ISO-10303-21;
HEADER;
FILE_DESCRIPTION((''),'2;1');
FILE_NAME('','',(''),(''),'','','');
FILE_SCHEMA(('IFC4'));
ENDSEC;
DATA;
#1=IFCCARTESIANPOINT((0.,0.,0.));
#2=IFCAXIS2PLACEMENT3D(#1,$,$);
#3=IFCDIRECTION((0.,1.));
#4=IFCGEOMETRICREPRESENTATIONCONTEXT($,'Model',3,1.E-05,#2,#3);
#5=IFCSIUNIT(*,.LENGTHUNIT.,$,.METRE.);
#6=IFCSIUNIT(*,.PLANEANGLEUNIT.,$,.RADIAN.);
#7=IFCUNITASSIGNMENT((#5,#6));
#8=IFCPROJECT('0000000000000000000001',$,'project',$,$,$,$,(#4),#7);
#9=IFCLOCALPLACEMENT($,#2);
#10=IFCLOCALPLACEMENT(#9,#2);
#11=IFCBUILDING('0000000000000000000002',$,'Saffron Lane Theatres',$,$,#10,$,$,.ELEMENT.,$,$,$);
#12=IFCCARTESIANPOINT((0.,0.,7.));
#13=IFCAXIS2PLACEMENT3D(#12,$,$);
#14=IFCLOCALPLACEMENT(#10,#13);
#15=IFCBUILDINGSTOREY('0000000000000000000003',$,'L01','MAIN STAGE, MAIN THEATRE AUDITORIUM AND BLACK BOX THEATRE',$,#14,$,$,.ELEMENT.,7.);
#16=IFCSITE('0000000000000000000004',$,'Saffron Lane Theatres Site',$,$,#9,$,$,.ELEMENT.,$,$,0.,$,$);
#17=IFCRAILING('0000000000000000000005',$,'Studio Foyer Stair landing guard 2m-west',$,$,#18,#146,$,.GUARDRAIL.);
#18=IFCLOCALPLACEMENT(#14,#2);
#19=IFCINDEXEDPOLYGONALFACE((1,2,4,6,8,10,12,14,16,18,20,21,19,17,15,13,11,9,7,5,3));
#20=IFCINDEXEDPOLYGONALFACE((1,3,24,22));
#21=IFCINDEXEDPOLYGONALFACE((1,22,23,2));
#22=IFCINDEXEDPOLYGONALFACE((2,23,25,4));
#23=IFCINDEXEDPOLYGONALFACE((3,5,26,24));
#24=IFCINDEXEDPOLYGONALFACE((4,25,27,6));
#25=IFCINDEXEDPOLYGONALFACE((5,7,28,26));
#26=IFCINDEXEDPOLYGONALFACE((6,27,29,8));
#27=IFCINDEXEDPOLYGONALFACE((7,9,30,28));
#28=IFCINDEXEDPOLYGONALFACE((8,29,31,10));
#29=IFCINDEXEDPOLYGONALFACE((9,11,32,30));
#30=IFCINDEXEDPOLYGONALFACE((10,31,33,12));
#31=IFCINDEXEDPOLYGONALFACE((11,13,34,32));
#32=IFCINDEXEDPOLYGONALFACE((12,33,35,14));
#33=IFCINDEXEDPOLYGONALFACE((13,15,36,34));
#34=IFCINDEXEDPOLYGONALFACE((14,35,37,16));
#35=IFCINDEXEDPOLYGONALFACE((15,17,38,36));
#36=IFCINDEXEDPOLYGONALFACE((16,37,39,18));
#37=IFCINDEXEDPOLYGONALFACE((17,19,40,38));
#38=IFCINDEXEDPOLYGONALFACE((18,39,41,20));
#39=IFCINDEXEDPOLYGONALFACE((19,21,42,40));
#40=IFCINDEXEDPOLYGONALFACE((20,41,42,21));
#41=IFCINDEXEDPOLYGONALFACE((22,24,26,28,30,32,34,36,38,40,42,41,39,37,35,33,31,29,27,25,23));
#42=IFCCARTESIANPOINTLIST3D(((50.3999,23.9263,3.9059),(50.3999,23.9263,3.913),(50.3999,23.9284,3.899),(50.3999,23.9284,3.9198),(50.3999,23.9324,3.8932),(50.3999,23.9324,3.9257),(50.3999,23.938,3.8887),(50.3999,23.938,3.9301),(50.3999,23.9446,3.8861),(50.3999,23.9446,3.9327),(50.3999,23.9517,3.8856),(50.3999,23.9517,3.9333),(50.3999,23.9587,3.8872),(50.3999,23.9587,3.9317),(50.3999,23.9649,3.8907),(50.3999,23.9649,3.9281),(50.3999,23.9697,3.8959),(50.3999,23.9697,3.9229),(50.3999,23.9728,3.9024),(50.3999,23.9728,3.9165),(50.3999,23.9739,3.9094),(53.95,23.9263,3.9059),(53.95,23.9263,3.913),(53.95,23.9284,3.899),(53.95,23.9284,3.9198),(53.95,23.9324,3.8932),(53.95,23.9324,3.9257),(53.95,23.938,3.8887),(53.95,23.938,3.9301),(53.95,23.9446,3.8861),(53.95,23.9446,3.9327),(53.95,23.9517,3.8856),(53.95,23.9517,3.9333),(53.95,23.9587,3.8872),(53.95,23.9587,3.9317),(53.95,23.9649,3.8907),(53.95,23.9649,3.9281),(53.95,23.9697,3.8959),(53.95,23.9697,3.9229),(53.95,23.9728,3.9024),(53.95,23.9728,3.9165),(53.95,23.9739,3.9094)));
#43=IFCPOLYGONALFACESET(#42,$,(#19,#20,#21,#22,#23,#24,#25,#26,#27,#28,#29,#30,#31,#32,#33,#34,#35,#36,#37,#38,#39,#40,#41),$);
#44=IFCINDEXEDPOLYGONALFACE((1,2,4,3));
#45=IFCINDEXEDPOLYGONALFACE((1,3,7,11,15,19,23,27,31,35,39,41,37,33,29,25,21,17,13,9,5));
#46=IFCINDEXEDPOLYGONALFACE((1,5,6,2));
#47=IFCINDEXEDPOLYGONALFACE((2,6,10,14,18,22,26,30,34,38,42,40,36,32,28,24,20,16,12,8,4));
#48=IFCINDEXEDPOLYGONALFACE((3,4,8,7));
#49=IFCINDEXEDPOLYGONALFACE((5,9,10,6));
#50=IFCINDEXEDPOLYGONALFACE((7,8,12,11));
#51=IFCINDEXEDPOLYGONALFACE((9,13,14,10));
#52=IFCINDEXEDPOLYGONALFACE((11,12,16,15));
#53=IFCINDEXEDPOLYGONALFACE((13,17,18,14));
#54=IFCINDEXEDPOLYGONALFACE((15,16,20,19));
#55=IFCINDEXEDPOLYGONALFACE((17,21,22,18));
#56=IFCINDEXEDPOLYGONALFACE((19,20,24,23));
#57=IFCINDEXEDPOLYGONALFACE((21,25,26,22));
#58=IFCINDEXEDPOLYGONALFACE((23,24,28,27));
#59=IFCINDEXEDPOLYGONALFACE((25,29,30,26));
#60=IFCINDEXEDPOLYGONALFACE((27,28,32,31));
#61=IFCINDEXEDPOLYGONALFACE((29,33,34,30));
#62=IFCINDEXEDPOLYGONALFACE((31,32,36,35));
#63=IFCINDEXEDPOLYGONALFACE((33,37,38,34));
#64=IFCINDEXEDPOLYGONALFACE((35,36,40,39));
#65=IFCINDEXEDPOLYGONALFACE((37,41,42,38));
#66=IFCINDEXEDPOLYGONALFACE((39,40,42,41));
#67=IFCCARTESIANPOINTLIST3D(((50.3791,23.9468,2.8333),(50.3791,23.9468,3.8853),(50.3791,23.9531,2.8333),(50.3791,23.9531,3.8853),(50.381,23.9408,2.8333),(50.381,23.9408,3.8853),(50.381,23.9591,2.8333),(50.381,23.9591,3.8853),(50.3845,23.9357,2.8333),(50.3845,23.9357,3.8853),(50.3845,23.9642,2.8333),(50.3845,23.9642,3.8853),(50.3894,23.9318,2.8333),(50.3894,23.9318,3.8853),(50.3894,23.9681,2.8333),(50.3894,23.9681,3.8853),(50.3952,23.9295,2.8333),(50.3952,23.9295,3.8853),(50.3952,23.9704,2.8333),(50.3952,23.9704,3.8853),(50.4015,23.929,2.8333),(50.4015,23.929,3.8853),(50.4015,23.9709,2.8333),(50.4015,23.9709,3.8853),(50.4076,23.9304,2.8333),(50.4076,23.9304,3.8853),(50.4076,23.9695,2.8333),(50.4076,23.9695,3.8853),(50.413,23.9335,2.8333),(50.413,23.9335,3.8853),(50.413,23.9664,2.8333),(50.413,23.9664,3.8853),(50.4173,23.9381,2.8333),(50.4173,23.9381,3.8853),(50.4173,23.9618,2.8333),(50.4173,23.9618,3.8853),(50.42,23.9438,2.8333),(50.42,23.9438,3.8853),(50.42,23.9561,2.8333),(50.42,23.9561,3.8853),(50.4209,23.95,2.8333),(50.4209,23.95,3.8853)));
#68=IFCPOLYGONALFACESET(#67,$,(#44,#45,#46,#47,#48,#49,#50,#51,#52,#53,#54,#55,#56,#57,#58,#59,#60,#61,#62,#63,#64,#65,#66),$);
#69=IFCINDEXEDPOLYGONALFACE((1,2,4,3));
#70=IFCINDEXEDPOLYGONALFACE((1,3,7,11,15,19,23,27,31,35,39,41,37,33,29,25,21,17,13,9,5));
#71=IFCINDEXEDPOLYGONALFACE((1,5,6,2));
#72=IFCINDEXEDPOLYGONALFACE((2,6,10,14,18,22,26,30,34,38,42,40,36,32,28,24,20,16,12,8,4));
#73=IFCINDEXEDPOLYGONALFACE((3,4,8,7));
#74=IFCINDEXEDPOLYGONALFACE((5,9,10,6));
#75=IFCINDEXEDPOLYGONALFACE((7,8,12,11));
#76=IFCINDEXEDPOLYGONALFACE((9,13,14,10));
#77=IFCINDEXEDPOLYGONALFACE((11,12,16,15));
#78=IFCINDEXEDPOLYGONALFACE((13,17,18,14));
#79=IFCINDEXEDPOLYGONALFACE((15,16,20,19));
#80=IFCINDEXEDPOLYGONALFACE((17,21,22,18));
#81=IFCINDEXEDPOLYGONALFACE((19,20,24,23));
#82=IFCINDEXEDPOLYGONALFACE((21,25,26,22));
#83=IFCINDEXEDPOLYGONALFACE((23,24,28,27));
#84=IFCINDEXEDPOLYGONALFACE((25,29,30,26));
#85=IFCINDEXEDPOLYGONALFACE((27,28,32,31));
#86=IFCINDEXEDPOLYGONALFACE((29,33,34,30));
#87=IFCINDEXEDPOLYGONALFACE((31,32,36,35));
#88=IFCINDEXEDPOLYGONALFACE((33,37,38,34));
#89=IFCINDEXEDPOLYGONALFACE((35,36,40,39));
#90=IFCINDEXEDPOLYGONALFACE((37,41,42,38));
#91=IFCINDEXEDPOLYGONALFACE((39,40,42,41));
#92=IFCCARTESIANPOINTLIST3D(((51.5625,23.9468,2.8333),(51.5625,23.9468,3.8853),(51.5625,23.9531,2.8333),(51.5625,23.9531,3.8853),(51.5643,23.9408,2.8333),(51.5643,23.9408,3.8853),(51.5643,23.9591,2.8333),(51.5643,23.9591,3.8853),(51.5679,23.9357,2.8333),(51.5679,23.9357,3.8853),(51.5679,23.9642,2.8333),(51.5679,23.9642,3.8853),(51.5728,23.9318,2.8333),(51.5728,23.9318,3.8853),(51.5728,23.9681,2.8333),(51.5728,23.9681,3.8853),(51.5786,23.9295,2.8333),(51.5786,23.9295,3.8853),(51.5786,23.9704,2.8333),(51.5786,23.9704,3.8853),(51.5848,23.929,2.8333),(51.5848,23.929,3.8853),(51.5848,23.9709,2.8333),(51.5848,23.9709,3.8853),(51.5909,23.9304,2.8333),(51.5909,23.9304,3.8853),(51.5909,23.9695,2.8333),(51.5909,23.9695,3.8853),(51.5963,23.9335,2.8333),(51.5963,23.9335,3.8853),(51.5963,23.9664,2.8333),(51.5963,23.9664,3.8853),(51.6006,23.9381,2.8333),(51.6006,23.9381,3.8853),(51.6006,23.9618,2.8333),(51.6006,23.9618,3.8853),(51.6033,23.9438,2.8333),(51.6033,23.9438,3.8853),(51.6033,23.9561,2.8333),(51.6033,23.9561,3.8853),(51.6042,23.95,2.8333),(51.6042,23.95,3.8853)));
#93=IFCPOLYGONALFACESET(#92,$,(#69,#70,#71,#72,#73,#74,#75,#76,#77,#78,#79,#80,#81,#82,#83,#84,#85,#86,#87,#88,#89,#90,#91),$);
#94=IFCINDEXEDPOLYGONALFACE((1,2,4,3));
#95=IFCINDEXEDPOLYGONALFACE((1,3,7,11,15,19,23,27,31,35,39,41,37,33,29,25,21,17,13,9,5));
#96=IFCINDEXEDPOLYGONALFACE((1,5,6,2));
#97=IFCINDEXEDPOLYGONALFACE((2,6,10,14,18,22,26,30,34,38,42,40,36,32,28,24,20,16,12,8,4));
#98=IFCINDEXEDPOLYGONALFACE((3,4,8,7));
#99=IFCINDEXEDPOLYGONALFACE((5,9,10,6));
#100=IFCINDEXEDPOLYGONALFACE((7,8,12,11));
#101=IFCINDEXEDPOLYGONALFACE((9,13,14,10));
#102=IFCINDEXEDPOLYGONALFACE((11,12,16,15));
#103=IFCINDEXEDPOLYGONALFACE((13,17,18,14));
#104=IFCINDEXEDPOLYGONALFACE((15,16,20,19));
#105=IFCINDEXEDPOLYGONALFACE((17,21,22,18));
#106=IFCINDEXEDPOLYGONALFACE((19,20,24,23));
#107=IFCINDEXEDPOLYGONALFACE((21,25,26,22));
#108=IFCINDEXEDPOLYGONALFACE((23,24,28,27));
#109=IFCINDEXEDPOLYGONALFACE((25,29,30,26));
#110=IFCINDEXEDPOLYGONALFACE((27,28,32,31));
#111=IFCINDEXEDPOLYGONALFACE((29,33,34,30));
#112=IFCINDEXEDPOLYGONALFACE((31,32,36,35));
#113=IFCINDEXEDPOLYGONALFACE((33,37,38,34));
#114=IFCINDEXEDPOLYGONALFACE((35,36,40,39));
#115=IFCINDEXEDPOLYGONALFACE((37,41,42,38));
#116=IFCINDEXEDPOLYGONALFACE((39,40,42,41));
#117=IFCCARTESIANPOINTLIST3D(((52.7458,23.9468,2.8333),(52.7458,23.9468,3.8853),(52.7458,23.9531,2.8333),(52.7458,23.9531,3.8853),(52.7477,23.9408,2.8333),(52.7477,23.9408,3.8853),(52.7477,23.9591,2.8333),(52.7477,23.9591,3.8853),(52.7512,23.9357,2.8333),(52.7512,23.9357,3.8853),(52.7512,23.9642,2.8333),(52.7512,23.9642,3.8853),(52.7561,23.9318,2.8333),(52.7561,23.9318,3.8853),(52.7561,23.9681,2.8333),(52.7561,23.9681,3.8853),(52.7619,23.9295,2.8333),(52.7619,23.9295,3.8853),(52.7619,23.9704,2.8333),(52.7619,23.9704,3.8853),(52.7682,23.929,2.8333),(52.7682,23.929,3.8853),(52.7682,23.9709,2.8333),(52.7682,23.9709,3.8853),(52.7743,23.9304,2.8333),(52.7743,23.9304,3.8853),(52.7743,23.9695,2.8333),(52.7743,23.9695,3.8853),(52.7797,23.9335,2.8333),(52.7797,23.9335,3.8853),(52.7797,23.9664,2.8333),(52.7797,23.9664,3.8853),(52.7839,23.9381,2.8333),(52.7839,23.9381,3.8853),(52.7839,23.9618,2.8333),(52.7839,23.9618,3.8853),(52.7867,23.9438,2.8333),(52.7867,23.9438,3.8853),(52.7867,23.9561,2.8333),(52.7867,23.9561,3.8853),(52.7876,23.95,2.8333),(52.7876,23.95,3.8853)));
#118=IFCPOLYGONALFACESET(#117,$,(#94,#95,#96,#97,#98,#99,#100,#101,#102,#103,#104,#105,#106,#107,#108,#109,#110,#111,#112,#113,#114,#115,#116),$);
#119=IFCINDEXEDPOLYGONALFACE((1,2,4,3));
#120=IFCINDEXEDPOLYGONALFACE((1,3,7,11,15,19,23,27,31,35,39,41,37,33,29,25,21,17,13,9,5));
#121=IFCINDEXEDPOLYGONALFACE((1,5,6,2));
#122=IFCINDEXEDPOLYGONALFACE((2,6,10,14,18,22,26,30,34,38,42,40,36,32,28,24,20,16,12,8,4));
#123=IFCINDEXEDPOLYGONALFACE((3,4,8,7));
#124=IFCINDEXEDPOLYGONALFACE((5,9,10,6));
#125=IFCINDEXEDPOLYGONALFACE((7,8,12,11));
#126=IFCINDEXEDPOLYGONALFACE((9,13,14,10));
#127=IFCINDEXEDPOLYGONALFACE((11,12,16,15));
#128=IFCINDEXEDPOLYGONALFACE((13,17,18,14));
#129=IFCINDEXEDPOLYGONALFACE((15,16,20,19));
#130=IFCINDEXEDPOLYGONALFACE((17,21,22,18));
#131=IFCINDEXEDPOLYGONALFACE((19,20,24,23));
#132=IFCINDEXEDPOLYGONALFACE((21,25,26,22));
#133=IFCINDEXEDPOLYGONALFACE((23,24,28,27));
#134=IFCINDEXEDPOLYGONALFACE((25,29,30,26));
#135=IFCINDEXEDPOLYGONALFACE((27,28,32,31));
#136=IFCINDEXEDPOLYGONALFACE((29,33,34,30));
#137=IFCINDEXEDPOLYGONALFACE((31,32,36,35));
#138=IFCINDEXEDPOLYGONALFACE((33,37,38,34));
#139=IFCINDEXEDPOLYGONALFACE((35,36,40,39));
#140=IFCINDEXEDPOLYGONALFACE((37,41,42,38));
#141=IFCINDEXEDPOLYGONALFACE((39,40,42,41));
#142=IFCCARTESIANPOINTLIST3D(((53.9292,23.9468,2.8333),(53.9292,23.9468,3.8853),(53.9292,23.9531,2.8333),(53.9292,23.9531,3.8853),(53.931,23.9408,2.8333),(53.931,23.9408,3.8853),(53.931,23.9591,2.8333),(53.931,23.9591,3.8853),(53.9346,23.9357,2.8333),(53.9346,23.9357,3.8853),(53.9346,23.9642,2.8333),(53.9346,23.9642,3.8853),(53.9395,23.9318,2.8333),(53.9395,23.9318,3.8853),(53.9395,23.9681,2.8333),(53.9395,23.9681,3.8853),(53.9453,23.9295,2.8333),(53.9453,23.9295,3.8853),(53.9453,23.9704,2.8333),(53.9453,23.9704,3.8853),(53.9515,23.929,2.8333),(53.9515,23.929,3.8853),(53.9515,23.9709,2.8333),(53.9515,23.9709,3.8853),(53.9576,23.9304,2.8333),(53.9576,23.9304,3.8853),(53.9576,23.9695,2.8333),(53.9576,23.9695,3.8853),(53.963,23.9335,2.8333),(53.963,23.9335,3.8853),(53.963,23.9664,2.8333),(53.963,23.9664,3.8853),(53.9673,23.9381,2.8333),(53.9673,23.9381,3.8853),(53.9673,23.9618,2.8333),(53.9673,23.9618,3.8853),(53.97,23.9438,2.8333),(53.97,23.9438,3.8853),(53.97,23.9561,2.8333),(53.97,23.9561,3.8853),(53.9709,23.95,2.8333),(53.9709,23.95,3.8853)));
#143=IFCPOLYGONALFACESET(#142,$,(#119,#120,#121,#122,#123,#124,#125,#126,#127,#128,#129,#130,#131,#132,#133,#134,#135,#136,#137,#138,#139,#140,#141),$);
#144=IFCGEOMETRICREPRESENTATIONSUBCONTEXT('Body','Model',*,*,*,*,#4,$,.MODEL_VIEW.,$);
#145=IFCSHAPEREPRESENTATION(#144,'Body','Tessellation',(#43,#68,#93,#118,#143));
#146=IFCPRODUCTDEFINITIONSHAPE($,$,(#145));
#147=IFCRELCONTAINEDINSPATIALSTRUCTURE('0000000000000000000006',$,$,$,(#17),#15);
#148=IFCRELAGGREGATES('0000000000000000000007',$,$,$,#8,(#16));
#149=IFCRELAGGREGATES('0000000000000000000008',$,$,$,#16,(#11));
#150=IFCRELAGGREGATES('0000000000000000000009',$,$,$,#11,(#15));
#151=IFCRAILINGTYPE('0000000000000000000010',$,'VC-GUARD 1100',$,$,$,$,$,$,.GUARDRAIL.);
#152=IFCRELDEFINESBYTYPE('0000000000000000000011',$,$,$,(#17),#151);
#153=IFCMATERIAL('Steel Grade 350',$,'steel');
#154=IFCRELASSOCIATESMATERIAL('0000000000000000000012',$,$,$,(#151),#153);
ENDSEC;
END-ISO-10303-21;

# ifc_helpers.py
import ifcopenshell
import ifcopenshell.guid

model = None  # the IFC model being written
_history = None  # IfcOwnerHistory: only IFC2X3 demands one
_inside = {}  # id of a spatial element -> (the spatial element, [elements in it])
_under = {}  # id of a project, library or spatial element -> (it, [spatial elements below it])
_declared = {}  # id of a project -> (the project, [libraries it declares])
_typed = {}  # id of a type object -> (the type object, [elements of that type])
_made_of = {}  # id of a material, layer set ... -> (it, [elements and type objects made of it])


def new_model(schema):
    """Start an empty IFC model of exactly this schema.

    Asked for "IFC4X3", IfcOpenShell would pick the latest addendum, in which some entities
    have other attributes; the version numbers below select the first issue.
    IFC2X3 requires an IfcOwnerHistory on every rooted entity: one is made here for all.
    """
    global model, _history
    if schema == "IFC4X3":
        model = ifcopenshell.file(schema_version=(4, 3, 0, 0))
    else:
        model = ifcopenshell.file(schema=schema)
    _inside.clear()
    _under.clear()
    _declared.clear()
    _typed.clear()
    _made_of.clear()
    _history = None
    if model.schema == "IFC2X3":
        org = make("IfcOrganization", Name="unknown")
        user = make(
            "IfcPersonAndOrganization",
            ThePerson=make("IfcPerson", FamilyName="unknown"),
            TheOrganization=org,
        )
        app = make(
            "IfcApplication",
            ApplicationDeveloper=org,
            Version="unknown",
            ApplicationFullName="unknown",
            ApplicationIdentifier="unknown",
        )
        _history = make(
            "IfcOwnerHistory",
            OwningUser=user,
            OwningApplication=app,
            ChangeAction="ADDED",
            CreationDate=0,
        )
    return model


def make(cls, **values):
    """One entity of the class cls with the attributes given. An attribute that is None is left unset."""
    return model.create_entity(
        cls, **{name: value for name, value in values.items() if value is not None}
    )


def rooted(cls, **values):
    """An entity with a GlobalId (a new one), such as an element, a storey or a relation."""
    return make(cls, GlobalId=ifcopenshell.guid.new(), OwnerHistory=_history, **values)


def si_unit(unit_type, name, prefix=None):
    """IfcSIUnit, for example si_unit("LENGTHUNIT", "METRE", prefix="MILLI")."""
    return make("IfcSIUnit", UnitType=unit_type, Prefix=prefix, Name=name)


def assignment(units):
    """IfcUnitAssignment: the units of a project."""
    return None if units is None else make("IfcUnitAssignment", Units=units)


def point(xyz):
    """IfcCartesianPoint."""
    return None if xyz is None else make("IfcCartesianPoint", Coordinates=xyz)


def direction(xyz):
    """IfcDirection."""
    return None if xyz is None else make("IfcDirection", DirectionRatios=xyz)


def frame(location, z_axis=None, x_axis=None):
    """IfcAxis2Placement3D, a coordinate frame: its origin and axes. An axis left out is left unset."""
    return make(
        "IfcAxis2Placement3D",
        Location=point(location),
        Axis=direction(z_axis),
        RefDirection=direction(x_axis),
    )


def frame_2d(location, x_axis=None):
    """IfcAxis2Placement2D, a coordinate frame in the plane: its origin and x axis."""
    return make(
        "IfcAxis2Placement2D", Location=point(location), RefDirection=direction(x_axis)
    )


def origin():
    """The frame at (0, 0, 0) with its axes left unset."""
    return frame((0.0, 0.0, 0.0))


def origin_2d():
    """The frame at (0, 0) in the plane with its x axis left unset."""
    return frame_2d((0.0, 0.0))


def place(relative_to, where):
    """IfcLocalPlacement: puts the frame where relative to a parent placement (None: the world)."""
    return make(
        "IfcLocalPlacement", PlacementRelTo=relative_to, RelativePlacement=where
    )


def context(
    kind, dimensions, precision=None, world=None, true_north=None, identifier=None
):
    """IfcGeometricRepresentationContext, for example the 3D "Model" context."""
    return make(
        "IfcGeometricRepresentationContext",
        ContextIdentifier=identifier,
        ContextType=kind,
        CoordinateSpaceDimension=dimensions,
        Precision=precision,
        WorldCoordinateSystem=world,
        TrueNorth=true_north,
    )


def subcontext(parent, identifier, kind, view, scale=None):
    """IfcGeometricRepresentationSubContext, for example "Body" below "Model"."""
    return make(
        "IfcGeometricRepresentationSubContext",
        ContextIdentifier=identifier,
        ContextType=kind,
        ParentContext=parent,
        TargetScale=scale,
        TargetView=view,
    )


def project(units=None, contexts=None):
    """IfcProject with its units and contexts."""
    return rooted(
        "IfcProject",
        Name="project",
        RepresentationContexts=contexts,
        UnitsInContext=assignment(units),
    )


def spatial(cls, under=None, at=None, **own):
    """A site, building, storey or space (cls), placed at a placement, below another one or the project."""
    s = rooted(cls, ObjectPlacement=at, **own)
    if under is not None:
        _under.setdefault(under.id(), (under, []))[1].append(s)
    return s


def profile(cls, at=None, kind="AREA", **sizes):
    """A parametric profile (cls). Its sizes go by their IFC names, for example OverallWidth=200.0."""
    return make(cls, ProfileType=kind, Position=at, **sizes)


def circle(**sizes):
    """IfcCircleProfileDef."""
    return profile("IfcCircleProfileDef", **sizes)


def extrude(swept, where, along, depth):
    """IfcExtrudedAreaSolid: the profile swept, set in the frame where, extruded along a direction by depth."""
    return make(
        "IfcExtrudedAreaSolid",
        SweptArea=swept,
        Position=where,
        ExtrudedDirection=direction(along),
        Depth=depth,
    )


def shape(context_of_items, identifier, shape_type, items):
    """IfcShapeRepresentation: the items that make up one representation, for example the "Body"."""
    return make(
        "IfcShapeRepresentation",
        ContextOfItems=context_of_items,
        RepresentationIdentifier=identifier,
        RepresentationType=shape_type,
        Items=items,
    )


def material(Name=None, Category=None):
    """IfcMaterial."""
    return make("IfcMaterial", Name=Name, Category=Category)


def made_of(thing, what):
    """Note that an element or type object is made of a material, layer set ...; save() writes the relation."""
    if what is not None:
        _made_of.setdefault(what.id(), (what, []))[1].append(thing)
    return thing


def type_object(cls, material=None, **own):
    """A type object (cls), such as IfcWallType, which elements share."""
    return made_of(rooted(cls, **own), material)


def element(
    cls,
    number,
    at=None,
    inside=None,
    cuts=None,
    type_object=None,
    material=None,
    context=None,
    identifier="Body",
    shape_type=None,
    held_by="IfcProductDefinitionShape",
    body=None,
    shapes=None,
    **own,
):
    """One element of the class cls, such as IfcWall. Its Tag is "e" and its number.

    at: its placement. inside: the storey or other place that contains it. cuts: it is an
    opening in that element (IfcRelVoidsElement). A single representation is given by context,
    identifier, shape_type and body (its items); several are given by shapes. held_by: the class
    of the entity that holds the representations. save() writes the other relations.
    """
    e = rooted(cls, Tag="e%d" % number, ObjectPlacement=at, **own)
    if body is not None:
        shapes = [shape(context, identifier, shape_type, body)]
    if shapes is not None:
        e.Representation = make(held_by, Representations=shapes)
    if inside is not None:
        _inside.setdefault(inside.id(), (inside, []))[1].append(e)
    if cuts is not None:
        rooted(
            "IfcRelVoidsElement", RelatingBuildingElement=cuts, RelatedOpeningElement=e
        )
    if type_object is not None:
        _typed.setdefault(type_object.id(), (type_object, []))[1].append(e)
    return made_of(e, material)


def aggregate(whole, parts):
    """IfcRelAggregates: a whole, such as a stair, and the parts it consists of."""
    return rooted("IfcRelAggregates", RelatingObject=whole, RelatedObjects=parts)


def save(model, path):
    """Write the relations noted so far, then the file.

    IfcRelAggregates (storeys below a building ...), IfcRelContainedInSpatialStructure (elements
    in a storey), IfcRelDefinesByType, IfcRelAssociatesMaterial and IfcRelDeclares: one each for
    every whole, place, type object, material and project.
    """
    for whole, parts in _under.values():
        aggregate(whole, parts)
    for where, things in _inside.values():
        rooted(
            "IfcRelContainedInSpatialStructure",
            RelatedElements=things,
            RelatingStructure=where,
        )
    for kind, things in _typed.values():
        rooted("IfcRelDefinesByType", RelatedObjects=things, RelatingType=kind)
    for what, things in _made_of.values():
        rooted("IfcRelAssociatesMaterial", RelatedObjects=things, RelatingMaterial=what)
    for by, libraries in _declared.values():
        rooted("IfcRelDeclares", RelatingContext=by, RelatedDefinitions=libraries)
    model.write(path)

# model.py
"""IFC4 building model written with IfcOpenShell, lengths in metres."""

from ifc_helpers import new_model, si_unit, direction, frame, origin, origin_2d, place, context, subcontext, project, spatial, circle, extrude, material, type_object, element, save


model = new_model("IFC4")

# Units and contexts
model_context = context("Model", 3, precision=1e-05, world=origin(), true_north=direction((0.0, 1.0)))
body_context = subcontext(model_context, "Body", "Model", "MODEL_VIEW")
ifc_project = project(units=[si_unit("LENGTHUNIT", "METRE"), si_unit("PLANEANGLEUNIT", "RADIAN")], contexts=[model_context])

# Site, building, storey
site_placement = place(None, origin())
site = spatial("IfcSite", under=ifc_project, at=site_placement, Name="Saffron Lane Theatres Site", CompositionType="ELEMENT", RefElevation=0.0)
building_placement = place(site_placement, origin())
building = spatial("IfcBuilding", under=site, at=building_placement, Name="Saffron Lane Theatres", CompositionType="ELEMENT")
storey_placement = place(building_placement, frame((0.0, 0.0, 7.0)))
storey = spatial("IfcBuildingStorey", under=building, at=storey_placement, Name="L01", Description="MAIN STAGE, MAIN THEATRE AUDITORIUM AND BLACK BOX THEATRE", CompositionType="ELEMENT", Elevation=7.0)

# Railing
ifc_material_1 = material(Name="Steel Grade 350", Category="steel")
railing_type_1 = type_object("IfcRailingType", Name="VC-GUARD 1100", PredefinedType="GUARDRAIL", material=ifc_material_1)
railing_1_placement = place(storey_placement, frame((50.3999, 23.95, 2.8333)))
element("IfcRailing", 1, at=railing_1_placement, inside=storey, type_object=railing_type_1, Name="Studio Foyer Stair landing guard 2m-west", PredefinedType="GUARDRAIL", context=body_context, shape_type="SweptSolid", body=[
    extrude(circle(Radius=0.0239, at=origin_2d()), frame((0.0, 0.0, 1.0762), z_axis=(1.0, 0.0, 0.0), x_axis=(0.0, 1.0, 0.0)), (0.0, 0.0, 1.0), 3.55),
    extrude(circle(Radius=0.021, at=origin_2d()), origin(), (0.0, 0.0, 1.0), 1.052),
    extrude(circle(Radius=0.021, at=origin_2d()), frame((1.1833, 0.0, 0.0)), (0.0, 0.0, 1.0), 1.052),
    extrude(circle(Radius=0.021, at=origin_2d()), frame((2.3667, 0.0, 0.0)), (0.0, 0.0, 1.0), 1.052),
    extrude(circle(Radius=0.021, at=origin_2d()), frame((3.55, 0.0, 0.0)), (0.0, 0.0, 1.0), 1.052),
])

save(model, "model.ifc")
